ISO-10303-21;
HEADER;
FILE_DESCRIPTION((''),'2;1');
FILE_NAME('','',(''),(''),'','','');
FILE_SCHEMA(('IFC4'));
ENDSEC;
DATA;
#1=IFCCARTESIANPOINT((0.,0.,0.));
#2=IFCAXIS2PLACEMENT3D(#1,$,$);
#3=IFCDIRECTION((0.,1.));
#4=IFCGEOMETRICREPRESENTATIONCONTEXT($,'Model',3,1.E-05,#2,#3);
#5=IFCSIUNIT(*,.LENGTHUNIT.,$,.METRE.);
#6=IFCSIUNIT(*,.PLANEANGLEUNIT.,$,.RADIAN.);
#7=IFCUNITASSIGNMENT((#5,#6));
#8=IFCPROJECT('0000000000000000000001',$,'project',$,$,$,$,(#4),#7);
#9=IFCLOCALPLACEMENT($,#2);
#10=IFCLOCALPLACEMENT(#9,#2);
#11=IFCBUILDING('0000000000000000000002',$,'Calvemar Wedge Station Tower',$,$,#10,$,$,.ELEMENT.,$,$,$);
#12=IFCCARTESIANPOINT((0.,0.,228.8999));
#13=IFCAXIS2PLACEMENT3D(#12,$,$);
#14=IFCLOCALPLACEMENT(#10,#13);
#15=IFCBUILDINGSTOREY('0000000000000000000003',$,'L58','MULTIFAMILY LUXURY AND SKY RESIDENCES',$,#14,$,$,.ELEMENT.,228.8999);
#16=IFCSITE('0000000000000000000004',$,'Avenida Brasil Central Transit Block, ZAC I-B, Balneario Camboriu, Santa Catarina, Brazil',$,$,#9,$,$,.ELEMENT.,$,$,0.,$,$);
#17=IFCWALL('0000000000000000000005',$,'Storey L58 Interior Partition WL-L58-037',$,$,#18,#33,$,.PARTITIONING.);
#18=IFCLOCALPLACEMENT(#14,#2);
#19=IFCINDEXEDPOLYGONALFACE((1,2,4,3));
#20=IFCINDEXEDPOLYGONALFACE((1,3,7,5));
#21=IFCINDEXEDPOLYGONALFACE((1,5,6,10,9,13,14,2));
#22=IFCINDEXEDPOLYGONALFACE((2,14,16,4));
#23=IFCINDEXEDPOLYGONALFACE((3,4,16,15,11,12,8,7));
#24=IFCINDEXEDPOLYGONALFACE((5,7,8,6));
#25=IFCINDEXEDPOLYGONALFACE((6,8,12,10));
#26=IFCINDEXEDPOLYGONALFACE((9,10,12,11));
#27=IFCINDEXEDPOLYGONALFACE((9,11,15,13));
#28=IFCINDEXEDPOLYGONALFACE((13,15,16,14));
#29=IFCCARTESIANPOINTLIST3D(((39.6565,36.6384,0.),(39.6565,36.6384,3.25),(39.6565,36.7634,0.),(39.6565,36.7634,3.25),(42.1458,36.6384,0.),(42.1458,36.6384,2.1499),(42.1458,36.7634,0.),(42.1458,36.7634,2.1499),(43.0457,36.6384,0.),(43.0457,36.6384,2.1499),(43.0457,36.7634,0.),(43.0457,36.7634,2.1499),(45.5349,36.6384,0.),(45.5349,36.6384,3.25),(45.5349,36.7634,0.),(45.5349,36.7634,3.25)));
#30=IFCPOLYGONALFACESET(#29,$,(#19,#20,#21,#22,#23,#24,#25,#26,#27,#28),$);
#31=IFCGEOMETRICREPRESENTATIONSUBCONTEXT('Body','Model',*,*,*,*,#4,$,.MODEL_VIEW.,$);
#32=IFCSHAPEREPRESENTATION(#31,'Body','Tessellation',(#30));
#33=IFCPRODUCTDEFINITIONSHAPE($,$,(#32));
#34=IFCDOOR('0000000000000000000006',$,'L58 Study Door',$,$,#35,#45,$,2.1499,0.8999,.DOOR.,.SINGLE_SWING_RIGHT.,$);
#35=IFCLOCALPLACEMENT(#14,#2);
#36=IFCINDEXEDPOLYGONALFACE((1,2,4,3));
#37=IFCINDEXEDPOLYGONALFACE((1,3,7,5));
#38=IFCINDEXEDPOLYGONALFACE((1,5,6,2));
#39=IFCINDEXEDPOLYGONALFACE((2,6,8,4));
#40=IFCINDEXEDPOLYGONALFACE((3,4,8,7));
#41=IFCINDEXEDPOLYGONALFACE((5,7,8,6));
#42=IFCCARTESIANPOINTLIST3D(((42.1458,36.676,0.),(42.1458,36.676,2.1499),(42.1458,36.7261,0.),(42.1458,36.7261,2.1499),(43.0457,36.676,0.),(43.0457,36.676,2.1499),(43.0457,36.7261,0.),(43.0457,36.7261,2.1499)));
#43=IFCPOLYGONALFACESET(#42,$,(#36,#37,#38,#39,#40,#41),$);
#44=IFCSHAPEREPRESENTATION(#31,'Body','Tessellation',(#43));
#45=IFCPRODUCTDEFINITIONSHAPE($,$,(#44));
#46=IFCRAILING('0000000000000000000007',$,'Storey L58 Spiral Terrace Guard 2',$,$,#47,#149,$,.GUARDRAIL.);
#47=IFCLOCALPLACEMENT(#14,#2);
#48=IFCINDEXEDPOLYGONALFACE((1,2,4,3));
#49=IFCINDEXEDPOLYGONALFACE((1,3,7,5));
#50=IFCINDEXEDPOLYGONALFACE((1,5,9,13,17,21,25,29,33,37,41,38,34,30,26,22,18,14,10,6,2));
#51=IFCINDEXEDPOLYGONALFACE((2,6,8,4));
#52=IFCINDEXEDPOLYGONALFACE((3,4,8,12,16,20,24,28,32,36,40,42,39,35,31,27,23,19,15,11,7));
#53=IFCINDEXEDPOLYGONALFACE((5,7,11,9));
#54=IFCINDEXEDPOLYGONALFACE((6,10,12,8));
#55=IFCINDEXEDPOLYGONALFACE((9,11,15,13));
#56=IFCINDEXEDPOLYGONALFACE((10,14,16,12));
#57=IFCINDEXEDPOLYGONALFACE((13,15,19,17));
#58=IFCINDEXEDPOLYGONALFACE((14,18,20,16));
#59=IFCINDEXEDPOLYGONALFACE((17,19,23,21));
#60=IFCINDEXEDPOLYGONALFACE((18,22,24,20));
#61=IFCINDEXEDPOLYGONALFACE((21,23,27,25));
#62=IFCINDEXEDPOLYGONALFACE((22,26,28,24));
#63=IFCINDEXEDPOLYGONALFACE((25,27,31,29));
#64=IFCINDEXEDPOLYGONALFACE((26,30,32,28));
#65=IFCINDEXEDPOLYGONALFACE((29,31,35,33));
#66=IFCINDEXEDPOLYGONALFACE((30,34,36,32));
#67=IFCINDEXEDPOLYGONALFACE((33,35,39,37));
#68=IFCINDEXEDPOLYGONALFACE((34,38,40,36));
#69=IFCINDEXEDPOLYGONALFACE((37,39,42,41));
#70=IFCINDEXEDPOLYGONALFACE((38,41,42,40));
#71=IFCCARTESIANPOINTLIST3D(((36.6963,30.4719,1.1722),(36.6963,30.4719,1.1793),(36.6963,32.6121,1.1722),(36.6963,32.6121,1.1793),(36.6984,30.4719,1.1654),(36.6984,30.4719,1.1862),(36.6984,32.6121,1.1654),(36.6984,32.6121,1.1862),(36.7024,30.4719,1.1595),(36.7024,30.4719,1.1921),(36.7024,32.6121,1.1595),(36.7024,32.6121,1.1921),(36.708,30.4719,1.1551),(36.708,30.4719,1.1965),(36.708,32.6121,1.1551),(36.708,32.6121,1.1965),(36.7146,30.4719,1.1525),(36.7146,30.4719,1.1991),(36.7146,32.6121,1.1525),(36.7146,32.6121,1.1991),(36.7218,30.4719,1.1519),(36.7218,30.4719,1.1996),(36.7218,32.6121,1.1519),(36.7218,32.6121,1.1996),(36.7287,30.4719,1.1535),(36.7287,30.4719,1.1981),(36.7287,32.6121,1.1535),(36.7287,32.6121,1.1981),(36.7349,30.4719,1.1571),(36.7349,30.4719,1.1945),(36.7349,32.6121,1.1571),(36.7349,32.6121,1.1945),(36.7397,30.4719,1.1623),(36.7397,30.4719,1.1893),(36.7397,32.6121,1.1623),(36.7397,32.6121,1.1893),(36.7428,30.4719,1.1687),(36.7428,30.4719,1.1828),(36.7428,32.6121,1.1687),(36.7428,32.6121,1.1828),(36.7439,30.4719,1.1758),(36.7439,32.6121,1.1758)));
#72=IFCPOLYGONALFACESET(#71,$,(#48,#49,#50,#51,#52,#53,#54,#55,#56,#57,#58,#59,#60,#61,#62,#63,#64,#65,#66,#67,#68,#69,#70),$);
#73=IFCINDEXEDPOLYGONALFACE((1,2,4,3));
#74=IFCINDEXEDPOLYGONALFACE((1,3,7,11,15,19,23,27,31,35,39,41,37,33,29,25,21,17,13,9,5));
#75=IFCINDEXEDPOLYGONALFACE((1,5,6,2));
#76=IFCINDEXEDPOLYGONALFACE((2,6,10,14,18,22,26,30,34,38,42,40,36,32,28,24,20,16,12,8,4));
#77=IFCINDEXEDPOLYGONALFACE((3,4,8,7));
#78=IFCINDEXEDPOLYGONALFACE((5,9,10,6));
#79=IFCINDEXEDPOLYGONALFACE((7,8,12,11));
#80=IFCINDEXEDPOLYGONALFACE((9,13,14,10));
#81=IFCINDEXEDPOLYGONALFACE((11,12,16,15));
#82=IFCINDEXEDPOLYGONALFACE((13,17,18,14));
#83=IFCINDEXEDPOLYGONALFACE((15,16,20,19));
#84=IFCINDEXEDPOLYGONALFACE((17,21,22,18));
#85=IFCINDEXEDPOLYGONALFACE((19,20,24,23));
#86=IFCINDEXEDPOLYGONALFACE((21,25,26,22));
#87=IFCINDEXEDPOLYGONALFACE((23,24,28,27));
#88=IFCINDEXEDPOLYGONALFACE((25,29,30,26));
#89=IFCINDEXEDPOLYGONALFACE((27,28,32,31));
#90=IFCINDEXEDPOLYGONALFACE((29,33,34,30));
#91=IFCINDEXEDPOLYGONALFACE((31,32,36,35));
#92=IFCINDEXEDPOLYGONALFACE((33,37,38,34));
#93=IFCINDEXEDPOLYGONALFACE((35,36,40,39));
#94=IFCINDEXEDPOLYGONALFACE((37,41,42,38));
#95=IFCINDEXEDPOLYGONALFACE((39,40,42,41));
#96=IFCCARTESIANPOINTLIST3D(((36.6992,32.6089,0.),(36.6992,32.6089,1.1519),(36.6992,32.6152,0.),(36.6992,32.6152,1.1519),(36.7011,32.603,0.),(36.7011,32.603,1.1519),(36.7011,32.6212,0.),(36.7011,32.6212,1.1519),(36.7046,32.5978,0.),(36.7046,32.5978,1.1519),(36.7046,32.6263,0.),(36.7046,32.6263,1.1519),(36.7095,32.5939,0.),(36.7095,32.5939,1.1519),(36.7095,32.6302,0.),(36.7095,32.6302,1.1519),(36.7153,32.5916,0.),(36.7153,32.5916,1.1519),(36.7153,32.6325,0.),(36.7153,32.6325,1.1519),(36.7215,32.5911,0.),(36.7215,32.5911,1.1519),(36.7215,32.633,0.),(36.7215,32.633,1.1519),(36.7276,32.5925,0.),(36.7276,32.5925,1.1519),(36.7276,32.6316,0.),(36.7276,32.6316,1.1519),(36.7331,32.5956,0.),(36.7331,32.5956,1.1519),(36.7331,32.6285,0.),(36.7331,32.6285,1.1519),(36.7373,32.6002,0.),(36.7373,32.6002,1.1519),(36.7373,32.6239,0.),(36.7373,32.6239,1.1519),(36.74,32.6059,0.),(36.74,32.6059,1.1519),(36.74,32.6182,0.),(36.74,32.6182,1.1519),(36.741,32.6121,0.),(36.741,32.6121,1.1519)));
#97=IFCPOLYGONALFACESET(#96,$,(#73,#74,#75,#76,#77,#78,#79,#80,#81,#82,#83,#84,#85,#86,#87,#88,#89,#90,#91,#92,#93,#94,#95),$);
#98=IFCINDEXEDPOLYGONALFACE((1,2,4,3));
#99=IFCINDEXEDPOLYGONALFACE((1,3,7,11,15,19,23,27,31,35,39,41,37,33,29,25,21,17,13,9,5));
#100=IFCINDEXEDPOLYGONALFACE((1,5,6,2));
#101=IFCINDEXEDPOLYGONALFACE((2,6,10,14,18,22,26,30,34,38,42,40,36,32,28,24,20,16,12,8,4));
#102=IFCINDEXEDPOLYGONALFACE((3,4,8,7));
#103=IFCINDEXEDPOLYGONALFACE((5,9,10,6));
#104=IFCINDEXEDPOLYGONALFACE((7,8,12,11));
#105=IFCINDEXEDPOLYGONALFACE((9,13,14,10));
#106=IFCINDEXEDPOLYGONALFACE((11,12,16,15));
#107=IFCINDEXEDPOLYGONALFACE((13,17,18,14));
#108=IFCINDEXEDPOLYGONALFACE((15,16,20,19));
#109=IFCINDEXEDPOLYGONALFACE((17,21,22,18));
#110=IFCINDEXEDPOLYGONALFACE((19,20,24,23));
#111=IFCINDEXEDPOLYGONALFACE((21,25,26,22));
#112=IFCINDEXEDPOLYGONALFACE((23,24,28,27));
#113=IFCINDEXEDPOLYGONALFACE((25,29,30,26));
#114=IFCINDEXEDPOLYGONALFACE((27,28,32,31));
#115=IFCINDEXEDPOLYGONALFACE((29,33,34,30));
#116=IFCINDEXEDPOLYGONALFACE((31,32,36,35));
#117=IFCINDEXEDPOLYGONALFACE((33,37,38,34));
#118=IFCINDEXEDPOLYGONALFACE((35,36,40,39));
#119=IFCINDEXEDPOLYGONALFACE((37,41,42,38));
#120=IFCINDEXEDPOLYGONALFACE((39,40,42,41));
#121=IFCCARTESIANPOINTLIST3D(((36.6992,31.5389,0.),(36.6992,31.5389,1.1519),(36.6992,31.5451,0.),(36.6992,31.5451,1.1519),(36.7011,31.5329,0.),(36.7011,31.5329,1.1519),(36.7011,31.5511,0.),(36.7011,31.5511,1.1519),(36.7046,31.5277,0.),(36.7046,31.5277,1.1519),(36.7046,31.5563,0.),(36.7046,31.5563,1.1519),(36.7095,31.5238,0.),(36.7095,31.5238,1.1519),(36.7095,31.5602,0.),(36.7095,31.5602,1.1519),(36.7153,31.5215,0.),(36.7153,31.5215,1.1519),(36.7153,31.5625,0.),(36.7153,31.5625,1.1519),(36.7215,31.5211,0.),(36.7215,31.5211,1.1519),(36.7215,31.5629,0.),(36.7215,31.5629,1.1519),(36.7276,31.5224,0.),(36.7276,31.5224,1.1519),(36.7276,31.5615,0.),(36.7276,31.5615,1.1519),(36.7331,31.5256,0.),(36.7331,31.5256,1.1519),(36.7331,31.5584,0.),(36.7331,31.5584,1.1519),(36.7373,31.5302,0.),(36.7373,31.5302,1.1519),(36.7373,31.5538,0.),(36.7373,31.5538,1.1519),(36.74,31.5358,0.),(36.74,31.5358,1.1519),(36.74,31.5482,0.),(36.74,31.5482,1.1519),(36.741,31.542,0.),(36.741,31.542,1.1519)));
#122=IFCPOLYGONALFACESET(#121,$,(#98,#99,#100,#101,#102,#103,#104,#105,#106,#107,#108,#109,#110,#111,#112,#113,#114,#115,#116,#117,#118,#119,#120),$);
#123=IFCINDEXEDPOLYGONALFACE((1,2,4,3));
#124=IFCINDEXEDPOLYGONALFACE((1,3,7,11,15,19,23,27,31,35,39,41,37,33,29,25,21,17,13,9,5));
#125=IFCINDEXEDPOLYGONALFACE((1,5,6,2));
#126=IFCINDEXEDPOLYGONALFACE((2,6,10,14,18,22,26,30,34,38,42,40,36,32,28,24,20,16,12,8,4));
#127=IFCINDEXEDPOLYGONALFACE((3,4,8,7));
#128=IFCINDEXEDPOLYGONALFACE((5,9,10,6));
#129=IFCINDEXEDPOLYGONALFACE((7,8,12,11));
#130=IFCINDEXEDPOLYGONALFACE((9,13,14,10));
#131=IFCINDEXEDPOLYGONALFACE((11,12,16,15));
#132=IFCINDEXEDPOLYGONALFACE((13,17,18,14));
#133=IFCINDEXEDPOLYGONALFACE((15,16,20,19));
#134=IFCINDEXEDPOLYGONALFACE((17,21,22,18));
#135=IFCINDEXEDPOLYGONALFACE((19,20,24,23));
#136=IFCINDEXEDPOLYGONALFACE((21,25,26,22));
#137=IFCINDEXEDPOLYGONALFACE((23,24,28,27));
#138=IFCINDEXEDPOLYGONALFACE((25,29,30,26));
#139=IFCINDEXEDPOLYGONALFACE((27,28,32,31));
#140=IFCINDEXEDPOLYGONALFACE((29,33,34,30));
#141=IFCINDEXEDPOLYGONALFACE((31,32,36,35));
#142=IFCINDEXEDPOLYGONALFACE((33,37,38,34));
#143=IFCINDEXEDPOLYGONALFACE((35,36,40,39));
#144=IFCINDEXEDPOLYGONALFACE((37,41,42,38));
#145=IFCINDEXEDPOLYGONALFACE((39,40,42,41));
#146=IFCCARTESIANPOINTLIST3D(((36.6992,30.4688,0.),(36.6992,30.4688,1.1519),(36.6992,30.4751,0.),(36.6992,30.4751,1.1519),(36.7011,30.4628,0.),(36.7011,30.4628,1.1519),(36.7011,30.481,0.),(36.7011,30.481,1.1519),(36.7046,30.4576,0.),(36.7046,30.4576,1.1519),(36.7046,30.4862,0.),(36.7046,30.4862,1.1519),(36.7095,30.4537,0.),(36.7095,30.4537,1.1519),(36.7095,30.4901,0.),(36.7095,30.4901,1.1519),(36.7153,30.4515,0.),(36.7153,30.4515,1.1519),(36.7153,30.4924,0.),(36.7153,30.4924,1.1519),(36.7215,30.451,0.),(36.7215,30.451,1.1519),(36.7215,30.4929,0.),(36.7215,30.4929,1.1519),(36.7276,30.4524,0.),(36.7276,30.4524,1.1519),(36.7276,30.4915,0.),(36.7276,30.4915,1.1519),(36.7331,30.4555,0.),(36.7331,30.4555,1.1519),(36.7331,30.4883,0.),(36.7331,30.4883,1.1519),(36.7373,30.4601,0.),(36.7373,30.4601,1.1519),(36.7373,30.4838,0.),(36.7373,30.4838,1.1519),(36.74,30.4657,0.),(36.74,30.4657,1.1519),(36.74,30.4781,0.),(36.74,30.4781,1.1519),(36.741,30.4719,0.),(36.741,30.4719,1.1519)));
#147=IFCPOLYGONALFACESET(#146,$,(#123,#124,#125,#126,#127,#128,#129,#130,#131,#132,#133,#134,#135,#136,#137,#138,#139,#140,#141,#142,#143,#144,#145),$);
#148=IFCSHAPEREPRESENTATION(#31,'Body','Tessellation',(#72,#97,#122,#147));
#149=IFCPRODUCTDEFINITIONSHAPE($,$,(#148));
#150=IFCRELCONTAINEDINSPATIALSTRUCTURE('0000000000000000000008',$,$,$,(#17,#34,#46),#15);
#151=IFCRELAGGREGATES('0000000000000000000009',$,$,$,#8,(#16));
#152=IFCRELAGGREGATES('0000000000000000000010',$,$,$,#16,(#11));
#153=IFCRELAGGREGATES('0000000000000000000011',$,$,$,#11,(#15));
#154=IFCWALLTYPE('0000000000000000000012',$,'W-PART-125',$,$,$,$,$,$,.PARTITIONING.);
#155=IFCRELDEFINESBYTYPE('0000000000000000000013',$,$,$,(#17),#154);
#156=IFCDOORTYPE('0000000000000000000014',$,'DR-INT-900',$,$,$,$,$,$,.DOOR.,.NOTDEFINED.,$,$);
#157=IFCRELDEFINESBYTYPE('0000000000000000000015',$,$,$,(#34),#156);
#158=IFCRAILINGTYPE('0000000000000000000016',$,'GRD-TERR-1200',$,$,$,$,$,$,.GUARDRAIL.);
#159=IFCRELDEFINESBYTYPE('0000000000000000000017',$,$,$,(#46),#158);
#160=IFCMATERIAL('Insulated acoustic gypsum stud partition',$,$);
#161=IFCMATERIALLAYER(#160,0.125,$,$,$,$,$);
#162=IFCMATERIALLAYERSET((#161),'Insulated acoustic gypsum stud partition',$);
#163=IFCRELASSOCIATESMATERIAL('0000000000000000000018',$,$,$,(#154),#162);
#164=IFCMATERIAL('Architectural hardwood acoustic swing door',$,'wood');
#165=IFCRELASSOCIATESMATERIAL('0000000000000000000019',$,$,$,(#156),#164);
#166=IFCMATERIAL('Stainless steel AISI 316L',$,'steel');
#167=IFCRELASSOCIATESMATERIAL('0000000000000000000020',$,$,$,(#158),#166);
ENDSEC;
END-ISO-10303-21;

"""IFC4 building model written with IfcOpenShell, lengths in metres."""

from ifc_helpers import new_model, si_unit, direction, frame, frame_2d, origin, origin_2d, place, context, subcontext, project, spatial, rectangle, circle, extrude, source, transform, mapped, material, layer, layer_set, type_object, element, fill, save


model = new_model("IFC4")

# Units and contexts
model_context = context("Model", 3, precision=1e-05, world=origin(), true_north=direction((0.0, 1.0)))
body_context = subcontext(model_context, "Body", "Model", "MODEL_VIEW")
ifc_project = project(units=[si_unit("LENGTHUNIT", "METRE"), si_unit("PLANEANGLEUNIT", "RADIAN")], contexts=[model_context])

# Site, building, storey
site_placement = place(None, origin())
site = spatial("IfcSite", under=ifc_project, at=site_placement, Name="Avenida Brasil Central Transit Block, ZAC I-B, Balneario Camboriu, Santa Catarina, Brazil", CompositionType="ELEMENT", RefElevation=0.0)
building_placement = place(site_placement, origin())
building = spatial("IfcBuilding", under=site, at=building_placement, Name="Calvemar Wedge Station Tower", CompositionType="ELEMENT")
storey_placement = place(building_placement, frame((0.0, 0.0, 228.8999)))
storey = spatial("IfcBuildingStorey", under=building, at=storey_placement, Name="L58", Description="MULTIFAMILY LUXURY AND SKY RESIDENCES", CompositionType="ELEMENT", Elevation=228.8999)

# Shared definitions
ifc_material_1 = material(Name="Insulated acoustic gypsum stud partition")
ifc_layer_1 = layer(ifc_material_1, 0.125)
ifc_layer_set_1 = layer_set([ifc_layer_1], Name="Insulated acoustic gypsum stud partition")
wall_type_1 = type_object("IfcWallType", Name="W-PART-125", PredefinedType="PARTITIONING", material=ifc_layer_set_1)

# Wall, opening, door
wall_1_placement = place(storey_placement, frame((45.5349, 36.7009, 0.0), z_axis=(0.0, 0.0, 1.0), x_axis=(-1.0, 0.0, 0.0)))
wall_1 = element("IfcWall", 1, at=wall_1_placement, inside=storey, type_object=wall_type_1, Name="Storey L58 Interior Partition WL-L58-037", PredefinedType="PARTITIONING", context=body_context, shape_type="SweptSolid", body=[
    extrude(rectangle(XDim=5.8784, YDim=0.125, at=frame_2d((2.9392, 0.0))), origin(), (0.0, 0.0, 1.0), 3.25),
])
shared_shape_1 = source(origin(), body_context, "Body", "SweptSolid", [
    extrude(rectangle(XDim=0.8999, YDim=2.1499, at=frame_2d((0.45, 1.075))), frame((0.0, 0.0725, 0.0), z_axis=(0.0, -1.0, 0.0), x_axis=(1.0, 0.0, 0.0)), (0.0, 0.0, 1.0), 0.145),
])
opening_1_placement = place(wall_1_placement, frame((2.4893, 0.0, 0.0)))
opening_1 = element("IfcOpeningElement", 2, at=opening_1_placement, cuts=wall_1, PredefinedType="OPENING", context=body_context, shape_type="MappedRepresentation", body=[
    mapped(shared_shape_1, transform((0.0, 0.0, 0.0), scale=1.0)),
])
ifc_material_2 = material(Name="Architectural hardwood acoustic swing door", Category="wood")
door_type_1 = type_object("IfcDoorType", Name="DR-INT-900", OperationType="NOTDEFINED", PredefinedType="DOOR", material=ifc_material_2)
shared_shape_2 = source(origin(), body_context, "Body", "SweptSolid", [
    extrude(rectangle(XDim=0.8999, YDim=2.1499, at=frame_2d((0.45, 1.075))), frame((0.0, 0.0249, 0.0), z_axis=(0.0, -1.0, 0.0), x_axis=(1.0, 0.0, 0.0)), (0.0, 0.0, 1.0), 0.05),
])
door_1_placement = place(opening_1_placement, origin())
door_1 = element("IfcDoor", 3, at=door_1_placement, inside=storey, type_object=door_type_1, Name="L58 Study Door", OperationType="SINGLE_SWING_RIGHT", OverallHeight=2.1499, OverallWidth=0.8999, PredefinedType="DOOR", context=body_context, shape_type="MappedRepresentation", body=[
    mapped(shared_shape_2, transform((0.0, 0.0, 0.0), scale=1.0)),
])
fill(opening_1, door_1)

# Railing
ifc_material_3 = material(Name="Stainless steel AISI 316L", Category="steel")
railing_type = type_object("IfcRailingType", Name="GRD-TERR-1200", PredefinedType="GUARDRAIL", material=ifc_material_3)
railing_1_placement = place(storey_placement, frame((36.72, 32.6121, 0.0)))
element("IfcRailing", 4, at=railing_1_placement, inside=storey, type_object=railing_type, Name="Storey L58 Spiral Terrace Guard 2", PredefinedType="GUARDRAIL", context=body_context, shape_type="SweptSolid", body=[
    extrude(circle(Radius=0.0239, at=origin_2d()), frame((0.0, 0.0, 1.1758), z_axis=(0.0, -1.0, 0.0), x_axis=(1.0, 0.0, 0.0)), (0.0, 0.0, 1.0), 2.1401),
    extrude(circle(Radius=0.021, at=origin_2d()), origin(), (0.0, 0.0, 1.0), 1.1519),
    extrude(circle(Radius=0.021, at=origin_2d()), frame((0.0, -1.0701, 0.0)), (0.0, 0.0, 1.0), 1.1519),
    extrude(circle(Radius=0.021, at=origin_2d()), frame((0.0, -2.1401, 0.0)), (0.0, 0.0, 1.0), 1.1519),
])

save(model, "model.ifc")
